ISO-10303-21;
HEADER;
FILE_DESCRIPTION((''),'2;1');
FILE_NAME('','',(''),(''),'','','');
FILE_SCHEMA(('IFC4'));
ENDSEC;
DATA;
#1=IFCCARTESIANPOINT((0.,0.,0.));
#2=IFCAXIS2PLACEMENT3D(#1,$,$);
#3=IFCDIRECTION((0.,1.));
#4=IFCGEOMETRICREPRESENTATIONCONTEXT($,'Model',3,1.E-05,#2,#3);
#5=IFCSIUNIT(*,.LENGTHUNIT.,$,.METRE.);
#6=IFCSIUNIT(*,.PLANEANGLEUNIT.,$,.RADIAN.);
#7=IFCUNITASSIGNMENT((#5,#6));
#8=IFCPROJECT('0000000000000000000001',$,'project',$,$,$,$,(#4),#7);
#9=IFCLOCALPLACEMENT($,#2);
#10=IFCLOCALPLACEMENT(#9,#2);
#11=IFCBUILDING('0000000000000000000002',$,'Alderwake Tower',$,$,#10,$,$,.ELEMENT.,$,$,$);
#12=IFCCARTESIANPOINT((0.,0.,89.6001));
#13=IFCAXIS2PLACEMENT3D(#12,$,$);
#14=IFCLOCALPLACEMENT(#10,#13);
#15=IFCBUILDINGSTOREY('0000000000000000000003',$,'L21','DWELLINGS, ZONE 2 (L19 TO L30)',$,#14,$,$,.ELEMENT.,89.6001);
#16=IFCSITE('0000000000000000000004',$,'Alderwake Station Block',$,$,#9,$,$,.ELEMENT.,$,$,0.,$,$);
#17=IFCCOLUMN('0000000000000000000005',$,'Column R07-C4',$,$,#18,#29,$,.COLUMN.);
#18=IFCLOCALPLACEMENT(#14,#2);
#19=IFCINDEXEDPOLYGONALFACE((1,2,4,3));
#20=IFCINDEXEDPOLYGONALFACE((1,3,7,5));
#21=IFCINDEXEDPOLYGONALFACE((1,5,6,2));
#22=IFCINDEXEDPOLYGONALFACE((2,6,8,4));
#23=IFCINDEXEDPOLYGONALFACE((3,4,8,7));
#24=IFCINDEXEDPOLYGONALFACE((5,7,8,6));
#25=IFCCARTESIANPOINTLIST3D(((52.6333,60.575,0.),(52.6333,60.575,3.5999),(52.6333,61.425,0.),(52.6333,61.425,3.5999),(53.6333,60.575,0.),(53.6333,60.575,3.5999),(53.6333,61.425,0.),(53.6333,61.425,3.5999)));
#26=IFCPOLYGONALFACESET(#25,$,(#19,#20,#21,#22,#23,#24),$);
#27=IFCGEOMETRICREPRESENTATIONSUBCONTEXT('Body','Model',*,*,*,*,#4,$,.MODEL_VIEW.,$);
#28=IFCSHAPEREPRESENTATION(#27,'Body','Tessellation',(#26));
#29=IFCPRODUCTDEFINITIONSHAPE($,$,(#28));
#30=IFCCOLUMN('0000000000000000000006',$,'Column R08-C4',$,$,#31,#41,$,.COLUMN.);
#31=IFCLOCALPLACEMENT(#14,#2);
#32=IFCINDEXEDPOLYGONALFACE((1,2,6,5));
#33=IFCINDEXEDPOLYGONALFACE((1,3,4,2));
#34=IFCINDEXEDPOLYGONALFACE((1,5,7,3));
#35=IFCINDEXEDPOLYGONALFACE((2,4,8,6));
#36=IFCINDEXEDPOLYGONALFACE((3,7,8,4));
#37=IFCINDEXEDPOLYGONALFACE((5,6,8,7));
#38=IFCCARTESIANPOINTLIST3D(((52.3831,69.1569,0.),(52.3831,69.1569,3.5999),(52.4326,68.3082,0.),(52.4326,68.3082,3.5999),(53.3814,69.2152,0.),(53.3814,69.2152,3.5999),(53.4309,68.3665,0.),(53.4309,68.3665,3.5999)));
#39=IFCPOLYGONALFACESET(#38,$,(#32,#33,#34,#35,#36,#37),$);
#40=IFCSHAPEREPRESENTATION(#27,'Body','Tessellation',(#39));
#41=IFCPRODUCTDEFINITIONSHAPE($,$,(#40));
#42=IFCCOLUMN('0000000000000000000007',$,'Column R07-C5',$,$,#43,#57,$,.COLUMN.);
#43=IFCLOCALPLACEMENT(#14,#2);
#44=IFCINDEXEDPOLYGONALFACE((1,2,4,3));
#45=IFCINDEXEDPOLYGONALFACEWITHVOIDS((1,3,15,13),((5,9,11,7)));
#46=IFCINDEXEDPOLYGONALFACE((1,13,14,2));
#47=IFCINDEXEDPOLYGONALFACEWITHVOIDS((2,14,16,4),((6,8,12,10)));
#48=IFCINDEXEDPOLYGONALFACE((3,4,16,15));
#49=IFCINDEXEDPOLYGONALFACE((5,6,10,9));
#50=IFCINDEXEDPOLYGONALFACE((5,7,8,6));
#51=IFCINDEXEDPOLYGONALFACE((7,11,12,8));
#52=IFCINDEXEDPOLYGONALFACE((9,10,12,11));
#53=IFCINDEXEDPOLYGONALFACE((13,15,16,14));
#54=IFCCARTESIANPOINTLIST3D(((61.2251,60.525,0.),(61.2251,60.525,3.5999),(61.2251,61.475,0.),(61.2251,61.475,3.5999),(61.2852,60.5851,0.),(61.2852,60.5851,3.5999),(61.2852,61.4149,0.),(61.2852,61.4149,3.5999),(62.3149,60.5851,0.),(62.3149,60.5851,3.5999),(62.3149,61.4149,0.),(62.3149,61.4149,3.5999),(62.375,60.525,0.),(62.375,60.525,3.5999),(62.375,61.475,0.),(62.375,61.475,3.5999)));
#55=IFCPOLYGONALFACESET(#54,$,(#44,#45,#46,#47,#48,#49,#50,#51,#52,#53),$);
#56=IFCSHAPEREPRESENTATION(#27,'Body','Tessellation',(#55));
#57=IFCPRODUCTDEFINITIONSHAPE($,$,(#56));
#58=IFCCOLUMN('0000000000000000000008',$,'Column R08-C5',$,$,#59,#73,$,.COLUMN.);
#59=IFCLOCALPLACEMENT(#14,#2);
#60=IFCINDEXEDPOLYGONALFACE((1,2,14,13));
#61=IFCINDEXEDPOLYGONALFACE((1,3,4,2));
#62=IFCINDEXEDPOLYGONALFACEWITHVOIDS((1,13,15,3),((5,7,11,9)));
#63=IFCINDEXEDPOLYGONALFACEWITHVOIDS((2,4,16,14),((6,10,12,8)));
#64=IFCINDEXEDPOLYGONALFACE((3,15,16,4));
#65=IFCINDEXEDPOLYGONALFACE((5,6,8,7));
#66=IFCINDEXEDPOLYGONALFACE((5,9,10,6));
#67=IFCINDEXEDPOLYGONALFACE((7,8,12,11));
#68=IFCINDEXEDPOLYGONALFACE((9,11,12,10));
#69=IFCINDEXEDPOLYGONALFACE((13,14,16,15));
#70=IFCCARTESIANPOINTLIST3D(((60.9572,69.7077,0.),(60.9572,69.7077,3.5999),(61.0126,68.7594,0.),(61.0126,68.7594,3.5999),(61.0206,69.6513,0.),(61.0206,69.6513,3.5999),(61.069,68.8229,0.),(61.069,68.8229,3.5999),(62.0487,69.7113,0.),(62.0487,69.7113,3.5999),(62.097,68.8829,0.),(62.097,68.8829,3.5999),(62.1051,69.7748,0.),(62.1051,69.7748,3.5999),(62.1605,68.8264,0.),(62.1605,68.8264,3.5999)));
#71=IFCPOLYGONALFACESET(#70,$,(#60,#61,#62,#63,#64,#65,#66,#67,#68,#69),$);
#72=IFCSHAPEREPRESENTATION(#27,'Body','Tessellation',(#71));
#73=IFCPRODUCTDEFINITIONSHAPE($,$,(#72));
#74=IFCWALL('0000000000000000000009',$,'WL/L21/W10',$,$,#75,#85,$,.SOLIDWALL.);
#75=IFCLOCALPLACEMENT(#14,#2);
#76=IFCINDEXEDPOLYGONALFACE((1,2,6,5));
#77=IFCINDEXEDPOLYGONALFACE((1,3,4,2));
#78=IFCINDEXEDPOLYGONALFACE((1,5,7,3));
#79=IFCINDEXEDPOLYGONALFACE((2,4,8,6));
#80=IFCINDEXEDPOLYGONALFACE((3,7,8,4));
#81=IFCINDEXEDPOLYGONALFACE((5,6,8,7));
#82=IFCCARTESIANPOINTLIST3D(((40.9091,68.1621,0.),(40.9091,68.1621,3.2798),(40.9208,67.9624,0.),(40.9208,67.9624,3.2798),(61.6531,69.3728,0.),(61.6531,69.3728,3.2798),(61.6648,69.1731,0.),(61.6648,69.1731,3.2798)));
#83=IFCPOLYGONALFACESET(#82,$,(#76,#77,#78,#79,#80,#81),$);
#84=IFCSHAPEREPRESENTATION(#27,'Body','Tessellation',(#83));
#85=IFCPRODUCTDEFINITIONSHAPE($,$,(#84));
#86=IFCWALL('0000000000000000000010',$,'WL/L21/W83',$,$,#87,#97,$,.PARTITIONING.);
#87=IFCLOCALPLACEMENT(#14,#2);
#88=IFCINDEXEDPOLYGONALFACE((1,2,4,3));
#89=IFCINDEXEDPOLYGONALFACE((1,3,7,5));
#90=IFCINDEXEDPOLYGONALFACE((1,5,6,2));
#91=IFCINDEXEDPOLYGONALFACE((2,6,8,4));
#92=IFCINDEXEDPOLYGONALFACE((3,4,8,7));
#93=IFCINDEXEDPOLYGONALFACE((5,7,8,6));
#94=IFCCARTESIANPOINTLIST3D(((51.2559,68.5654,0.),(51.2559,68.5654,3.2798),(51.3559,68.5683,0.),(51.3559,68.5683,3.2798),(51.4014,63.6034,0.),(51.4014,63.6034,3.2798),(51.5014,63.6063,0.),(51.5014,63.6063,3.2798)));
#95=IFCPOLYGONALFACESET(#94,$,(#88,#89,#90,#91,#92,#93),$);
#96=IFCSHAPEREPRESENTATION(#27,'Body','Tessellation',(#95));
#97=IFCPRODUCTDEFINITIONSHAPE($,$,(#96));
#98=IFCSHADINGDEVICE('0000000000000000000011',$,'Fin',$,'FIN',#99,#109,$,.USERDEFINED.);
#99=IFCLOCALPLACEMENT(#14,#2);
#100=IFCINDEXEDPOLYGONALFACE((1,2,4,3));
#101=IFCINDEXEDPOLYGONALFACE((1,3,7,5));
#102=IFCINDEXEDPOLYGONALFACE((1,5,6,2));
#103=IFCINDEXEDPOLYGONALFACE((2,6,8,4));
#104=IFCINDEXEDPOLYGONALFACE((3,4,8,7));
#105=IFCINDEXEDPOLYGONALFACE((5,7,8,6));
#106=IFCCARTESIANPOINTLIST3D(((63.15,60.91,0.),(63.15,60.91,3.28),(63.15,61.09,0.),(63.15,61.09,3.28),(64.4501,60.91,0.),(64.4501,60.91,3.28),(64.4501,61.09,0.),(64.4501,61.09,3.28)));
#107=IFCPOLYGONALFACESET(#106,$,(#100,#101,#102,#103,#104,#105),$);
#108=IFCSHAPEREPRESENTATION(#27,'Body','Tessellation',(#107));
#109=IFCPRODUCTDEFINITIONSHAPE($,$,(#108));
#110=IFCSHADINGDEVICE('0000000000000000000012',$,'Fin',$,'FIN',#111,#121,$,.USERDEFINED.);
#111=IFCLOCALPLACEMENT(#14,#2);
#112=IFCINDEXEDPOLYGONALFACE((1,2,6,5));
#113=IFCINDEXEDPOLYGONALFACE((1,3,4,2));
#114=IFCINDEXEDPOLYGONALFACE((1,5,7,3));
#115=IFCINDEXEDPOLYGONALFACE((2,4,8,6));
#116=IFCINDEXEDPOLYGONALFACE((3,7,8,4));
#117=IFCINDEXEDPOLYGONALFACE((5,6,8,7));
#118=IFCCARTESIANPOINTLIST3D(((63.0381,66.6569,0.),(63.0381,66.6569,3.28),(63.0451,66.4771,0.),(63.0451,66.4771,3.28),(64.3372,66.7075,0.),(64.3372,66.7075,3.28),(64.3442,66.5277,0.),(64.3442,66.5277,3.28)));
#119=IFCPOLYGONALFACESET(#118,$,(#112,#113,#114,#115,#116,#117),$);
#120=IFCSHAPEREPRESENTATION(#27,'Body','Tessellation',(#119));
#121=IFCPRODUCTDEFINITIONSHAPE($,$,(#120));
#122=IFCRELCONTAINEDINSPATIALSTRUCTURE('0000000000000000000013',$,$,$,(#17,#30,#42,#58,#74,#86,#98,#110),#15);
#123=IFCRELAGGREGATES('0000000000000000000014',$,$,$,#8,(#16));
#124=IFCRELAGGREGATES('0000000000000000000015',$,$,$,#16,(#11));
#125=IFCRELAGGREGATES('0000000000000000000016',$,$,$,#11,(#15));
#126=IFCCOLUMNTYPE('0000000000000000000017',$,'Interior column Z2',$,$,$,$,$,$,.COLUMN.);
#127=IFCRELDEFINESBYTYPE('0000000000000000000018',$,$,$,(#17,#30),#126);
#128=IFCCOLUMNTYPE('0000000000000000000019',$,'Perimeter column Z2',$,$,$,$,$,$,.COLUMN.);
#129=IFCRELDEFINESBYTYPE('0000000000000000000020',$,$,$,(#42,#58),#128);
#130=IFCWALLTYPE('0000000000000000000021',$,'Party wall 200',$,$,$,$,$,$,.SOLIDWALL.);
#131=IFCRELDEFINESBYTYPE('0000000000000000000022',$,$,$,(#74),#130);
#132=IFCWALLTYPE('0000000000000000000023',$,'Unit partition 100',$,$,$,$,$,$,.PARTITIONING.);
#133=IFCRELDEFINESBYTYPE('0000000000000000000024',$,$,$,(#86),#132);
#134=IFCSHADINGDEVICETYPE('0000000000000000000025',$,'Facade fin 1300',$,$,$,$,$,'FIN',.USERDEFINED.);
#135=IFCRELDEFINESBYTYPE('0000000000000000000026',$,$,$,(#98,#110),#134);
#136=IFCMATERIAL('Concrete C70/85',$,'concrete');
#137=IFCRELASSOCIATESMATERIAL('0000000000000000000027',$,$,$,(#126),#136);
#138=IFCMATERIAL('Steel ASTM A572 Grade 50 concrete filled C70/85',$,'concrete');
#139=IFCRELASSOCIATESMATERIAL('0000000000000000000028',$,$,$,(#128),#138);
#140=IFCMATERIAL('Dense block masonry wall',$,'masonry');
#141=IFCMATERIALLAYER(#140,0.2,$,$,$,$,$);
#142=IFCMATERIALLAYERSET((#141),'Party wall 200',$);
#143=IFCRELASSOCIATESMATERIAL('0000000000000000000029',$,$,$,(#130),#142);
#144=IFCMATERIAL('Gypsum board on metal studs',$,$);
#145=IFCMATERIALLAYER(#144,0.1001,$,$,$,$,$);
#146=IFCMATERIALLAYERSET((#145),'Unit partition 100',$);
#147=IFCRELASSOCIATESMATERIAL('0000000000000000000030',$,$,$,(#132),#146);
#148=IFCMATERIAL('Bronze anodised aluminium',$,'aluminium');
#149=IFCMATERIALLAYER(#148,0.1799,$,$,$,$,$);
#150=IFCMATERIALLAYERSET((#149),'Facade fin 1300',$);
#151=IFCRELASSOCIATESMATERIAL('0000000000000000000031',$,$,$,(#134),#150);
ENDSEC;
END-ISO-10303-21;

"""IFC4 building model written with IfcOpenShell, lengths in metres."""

from ifc_helpers import new_model, si_unit, direction, frame, frame_2d, origin, origin_2d, place, context, subcontext, project, spatial, rectangle, hollow_rectangle, extrude, material, layer, layer_set, material_profile, profile_set, type_object, element, save


model = new_model("IFC4")

# Units and contexts
model_context = context("Model", 3, precision=1e-05, world=origin(), true_north=direction((0.0, 1.0)))
body_context = subcontext(model_context, "Body", "Model", "MODEL_VIEW")
ifc_project = project(units=[si_unit("LENGTHUNIT", "METRE"), si_unit("PLANEANGLEUNIT", "RADIAN")], contexts=[model_context])

# Site, building, storey
site_placement = place(None, origin())
site = spatial("IfcSite", under=ifc_project, at=site_placement, Name="Alderwake Station Block", CompositionType="ELEMENT", RefElevation=0.0)
building_placement = place(site_placement, origin())
building = spatial("IfcBuilding", under=site, at=building_placement, Name="Alderwake Tower", CompositionType="ELEMENT")
storey_placement = place(building_placement, frame((0.0, 0.0, 89.6001)))
storey = spatial("IfcBuildingStorey", under=building, at=storey_placement, Name="L21", Description="DWELLINGS, ZONE 2 (L19 TO L30)", CompositionType="ELEMENT", Elevation=89.6001)

# Columns
ifc_material_1 = material(Name="Concrete C70/85", Category="concrete")
ifc_material_profile_1 = material_profile(ifc_material_1, rectangle(XDim=0.8501, YDim=1.0, at=origin_2d()), Name="RC 1000X850")
ifc_profile_set_1 = profile_set([ifc_material_profile_1], Name="Concrete C70/85")
column_type_1 = type_object("IfcColumnType", Name="Interior column Z2", PredefinedType="COLUMN", material=ifc_profile_set_1)
for number, where, z_axis, x_axis, name in (
    (1, (53.1333, 61.0, 0.0), (0.0, 0.0, 1.0), (0.0, 1.0, 0.0), "Column R07-C4"),
    (2, (52.907, 68.7617, 0.0), (0.0, 0.0, 1.0), (-0.058301, 0.998299, 0.0), "Column R08-C4"),
):
    element("IfcColumn", number, at=place(storey_placement, frame(where, z_axis=z_axis, x_axis=x_axis)), inside=storey, type_object=column_type_1, Name=name, PredefinedType="COLUMN", context=body_context, shape_type="SweptSolid", body=[
        extrude(rectangle(XDim=0.8501, YDim=1.0, at=origin_2d()), origin(), (0.0, 0.0, 1.0), 3.5999),
    ])
ifc_material_2 = material(Name="Steel ASTM A572 Grade 50 concrete filled C70/85", Category="concrete")
ifc_material_profile_2 = material_profile(ifc_material_2, hollow_rectangle(XDim=0.95, YDim=1.1499, WallThickness=0.0601, at=origin_2d()), Name="BOX 1150X950X60")
ifc_profile_set_2 = profile_set([ifc_material_profile_2], Name="Steel ASTM A572 Grade 50 concrete filled C70/85")
column_type_2 = type_object("IfcColumnType", Name="Perimeter column Z2", PredefinedType="COLUMN", material=ifc_profile_set_2)
for number, where, z_axis, x_axis, name in (
    (3, (61.8, 61.0, 0.0), (0.0, 0.0, 1.0), (0.0, 1.0, 0.0), "Column R07-C5"),
    (4, (61.5588, 69.2671, 0.0), (0.0, 0.0, 1.0), (-0.058301, 0.998299, 0.0), "Column R08-C5"),
):
    element("IfcColumn", number, at=place(storey_placement, frame(where, z_axis=z_axis, x_axis=x_axis)), inside=storey, type_object=column_type_2, Name=name, PredefinedType="COLUMN", context=body_context, shape_type="SweptSolid", body=[
        extrude(hollow_rectangle(XDim=0.95, YDim=1.1499, WallThickness=0.0601, at=origin_2d()), origin(), (0.0, 0.0, 1.0), 3.5999),
    ])

# Walls
ifc_material_3 = material(Name="Dense block masonry wall", Category="masonry")
ifc_layer_1 = layer(ifc_material_3, 0.2)
ifc_layer_set_1 = layer_set([ifc_layer_1], Name="Party wall 200")
wall_type_1 = type_object("IfcWallType", Name="Party wall 200", PredefinedType="SOLIDWALL", material=ifc_layer_set_1)
wall_1_placement = place(storey_placement, frame((61.6589, 69.2729, 0.0), z_axis=(0.0, 0.0, 1.0), x_axis=(-0.998301, -0.058265, 0.0)))
element("IfcWall", 5, at=wall_1_placement, inside=storey, type_object=wall_type_1, Name="WL/L21/W10", PredefinedType="SOLIDWALL", context=body_context, shape_type="SweptSolid", body=[
    extrude(rectangle(XDim=20.7793, YDim=0.2, at=frame_2d((10.3896, 0.0))), origin(), (0.0, 0.0, 1.0), 3.2798),
])
ifc_material_4 = material(Name="Gypsum board on metal studs")
ifc_layer_2 = layer(ifc_material_4, 0.1001)
ifc_layer_set_2 = layer_set([ifc_layer_2], Name="Unit partition 100")
wall_type_2 = type_object("IfcWallType", Name="Unit partition 100", PredefinedType="PARTITIONING", material=ifc_layer_set_2)
wall_2_placement = place(storey_placement, frame((51.4514, 63.605, 0.0), z_axis=(0.0, 0.0, 1.0), x_axis=(-0.029312, 0.99957, 0.0)))
element("IfcWall", 6, at=wall_2_placement, inside=storey, type_object=wall_type_2, Name="WL/L21/W83", PredefinedType="PARTITIONING", context=body_context, shape_type="SweptSolid", body=[
    extrude(rectangle(XDim=4.9641, YDim=0.1001, at=frame_2d((2.4819, 0.0))), origin(), (0.0, 0.0, 1.0), 3.2798),
])

# Shading devices
ifc_material_5 = material(Name="Bronze anodised aluminium", Category="aluminium")
ifc_layer_3 = layer(ifc_material_5, 0.1799)
ifc_layer_set_3 = layer_set([ifc_layer_3], Name="Facade fin 1300")
shading_device_type = type_object("IfcShadingDeviceType", Name="Facade fin 1300", ElementType="FIN", PredefinedType="USERDEFINED", material=ifc_layer_set_3)
for number, where, z_axis, x_axis, name in (
    (7, (63.8, 61.0, 0.0), (0.0, 0.0, 1.0), (1.0, 0.0, 0.0), "Fin"),
    (8, (63.6912, 66.5923, 0.0), (0.0, 0.0, 1.0), (0.999243, 0.03889, 0.0), "Fin"),
):
    element("IfcShadingDevice", number, at=place(storey_placement, frame(where, z_axis=z_axis, x_axis=x_axis)), inside=storey, type_object=shading_device_type, Name=name, ObjectType="FIN", PredefinedType="USERDEFINED", context=body_context, shape_type="SweptSolid", body=[
        extrude(rectangle(XDim=1.3, YDim=0.1799, at=origin_2d()), origin(), (0.0, 0.0, 1.0), 3.28),
    ])

save(model, "model.ifc")
